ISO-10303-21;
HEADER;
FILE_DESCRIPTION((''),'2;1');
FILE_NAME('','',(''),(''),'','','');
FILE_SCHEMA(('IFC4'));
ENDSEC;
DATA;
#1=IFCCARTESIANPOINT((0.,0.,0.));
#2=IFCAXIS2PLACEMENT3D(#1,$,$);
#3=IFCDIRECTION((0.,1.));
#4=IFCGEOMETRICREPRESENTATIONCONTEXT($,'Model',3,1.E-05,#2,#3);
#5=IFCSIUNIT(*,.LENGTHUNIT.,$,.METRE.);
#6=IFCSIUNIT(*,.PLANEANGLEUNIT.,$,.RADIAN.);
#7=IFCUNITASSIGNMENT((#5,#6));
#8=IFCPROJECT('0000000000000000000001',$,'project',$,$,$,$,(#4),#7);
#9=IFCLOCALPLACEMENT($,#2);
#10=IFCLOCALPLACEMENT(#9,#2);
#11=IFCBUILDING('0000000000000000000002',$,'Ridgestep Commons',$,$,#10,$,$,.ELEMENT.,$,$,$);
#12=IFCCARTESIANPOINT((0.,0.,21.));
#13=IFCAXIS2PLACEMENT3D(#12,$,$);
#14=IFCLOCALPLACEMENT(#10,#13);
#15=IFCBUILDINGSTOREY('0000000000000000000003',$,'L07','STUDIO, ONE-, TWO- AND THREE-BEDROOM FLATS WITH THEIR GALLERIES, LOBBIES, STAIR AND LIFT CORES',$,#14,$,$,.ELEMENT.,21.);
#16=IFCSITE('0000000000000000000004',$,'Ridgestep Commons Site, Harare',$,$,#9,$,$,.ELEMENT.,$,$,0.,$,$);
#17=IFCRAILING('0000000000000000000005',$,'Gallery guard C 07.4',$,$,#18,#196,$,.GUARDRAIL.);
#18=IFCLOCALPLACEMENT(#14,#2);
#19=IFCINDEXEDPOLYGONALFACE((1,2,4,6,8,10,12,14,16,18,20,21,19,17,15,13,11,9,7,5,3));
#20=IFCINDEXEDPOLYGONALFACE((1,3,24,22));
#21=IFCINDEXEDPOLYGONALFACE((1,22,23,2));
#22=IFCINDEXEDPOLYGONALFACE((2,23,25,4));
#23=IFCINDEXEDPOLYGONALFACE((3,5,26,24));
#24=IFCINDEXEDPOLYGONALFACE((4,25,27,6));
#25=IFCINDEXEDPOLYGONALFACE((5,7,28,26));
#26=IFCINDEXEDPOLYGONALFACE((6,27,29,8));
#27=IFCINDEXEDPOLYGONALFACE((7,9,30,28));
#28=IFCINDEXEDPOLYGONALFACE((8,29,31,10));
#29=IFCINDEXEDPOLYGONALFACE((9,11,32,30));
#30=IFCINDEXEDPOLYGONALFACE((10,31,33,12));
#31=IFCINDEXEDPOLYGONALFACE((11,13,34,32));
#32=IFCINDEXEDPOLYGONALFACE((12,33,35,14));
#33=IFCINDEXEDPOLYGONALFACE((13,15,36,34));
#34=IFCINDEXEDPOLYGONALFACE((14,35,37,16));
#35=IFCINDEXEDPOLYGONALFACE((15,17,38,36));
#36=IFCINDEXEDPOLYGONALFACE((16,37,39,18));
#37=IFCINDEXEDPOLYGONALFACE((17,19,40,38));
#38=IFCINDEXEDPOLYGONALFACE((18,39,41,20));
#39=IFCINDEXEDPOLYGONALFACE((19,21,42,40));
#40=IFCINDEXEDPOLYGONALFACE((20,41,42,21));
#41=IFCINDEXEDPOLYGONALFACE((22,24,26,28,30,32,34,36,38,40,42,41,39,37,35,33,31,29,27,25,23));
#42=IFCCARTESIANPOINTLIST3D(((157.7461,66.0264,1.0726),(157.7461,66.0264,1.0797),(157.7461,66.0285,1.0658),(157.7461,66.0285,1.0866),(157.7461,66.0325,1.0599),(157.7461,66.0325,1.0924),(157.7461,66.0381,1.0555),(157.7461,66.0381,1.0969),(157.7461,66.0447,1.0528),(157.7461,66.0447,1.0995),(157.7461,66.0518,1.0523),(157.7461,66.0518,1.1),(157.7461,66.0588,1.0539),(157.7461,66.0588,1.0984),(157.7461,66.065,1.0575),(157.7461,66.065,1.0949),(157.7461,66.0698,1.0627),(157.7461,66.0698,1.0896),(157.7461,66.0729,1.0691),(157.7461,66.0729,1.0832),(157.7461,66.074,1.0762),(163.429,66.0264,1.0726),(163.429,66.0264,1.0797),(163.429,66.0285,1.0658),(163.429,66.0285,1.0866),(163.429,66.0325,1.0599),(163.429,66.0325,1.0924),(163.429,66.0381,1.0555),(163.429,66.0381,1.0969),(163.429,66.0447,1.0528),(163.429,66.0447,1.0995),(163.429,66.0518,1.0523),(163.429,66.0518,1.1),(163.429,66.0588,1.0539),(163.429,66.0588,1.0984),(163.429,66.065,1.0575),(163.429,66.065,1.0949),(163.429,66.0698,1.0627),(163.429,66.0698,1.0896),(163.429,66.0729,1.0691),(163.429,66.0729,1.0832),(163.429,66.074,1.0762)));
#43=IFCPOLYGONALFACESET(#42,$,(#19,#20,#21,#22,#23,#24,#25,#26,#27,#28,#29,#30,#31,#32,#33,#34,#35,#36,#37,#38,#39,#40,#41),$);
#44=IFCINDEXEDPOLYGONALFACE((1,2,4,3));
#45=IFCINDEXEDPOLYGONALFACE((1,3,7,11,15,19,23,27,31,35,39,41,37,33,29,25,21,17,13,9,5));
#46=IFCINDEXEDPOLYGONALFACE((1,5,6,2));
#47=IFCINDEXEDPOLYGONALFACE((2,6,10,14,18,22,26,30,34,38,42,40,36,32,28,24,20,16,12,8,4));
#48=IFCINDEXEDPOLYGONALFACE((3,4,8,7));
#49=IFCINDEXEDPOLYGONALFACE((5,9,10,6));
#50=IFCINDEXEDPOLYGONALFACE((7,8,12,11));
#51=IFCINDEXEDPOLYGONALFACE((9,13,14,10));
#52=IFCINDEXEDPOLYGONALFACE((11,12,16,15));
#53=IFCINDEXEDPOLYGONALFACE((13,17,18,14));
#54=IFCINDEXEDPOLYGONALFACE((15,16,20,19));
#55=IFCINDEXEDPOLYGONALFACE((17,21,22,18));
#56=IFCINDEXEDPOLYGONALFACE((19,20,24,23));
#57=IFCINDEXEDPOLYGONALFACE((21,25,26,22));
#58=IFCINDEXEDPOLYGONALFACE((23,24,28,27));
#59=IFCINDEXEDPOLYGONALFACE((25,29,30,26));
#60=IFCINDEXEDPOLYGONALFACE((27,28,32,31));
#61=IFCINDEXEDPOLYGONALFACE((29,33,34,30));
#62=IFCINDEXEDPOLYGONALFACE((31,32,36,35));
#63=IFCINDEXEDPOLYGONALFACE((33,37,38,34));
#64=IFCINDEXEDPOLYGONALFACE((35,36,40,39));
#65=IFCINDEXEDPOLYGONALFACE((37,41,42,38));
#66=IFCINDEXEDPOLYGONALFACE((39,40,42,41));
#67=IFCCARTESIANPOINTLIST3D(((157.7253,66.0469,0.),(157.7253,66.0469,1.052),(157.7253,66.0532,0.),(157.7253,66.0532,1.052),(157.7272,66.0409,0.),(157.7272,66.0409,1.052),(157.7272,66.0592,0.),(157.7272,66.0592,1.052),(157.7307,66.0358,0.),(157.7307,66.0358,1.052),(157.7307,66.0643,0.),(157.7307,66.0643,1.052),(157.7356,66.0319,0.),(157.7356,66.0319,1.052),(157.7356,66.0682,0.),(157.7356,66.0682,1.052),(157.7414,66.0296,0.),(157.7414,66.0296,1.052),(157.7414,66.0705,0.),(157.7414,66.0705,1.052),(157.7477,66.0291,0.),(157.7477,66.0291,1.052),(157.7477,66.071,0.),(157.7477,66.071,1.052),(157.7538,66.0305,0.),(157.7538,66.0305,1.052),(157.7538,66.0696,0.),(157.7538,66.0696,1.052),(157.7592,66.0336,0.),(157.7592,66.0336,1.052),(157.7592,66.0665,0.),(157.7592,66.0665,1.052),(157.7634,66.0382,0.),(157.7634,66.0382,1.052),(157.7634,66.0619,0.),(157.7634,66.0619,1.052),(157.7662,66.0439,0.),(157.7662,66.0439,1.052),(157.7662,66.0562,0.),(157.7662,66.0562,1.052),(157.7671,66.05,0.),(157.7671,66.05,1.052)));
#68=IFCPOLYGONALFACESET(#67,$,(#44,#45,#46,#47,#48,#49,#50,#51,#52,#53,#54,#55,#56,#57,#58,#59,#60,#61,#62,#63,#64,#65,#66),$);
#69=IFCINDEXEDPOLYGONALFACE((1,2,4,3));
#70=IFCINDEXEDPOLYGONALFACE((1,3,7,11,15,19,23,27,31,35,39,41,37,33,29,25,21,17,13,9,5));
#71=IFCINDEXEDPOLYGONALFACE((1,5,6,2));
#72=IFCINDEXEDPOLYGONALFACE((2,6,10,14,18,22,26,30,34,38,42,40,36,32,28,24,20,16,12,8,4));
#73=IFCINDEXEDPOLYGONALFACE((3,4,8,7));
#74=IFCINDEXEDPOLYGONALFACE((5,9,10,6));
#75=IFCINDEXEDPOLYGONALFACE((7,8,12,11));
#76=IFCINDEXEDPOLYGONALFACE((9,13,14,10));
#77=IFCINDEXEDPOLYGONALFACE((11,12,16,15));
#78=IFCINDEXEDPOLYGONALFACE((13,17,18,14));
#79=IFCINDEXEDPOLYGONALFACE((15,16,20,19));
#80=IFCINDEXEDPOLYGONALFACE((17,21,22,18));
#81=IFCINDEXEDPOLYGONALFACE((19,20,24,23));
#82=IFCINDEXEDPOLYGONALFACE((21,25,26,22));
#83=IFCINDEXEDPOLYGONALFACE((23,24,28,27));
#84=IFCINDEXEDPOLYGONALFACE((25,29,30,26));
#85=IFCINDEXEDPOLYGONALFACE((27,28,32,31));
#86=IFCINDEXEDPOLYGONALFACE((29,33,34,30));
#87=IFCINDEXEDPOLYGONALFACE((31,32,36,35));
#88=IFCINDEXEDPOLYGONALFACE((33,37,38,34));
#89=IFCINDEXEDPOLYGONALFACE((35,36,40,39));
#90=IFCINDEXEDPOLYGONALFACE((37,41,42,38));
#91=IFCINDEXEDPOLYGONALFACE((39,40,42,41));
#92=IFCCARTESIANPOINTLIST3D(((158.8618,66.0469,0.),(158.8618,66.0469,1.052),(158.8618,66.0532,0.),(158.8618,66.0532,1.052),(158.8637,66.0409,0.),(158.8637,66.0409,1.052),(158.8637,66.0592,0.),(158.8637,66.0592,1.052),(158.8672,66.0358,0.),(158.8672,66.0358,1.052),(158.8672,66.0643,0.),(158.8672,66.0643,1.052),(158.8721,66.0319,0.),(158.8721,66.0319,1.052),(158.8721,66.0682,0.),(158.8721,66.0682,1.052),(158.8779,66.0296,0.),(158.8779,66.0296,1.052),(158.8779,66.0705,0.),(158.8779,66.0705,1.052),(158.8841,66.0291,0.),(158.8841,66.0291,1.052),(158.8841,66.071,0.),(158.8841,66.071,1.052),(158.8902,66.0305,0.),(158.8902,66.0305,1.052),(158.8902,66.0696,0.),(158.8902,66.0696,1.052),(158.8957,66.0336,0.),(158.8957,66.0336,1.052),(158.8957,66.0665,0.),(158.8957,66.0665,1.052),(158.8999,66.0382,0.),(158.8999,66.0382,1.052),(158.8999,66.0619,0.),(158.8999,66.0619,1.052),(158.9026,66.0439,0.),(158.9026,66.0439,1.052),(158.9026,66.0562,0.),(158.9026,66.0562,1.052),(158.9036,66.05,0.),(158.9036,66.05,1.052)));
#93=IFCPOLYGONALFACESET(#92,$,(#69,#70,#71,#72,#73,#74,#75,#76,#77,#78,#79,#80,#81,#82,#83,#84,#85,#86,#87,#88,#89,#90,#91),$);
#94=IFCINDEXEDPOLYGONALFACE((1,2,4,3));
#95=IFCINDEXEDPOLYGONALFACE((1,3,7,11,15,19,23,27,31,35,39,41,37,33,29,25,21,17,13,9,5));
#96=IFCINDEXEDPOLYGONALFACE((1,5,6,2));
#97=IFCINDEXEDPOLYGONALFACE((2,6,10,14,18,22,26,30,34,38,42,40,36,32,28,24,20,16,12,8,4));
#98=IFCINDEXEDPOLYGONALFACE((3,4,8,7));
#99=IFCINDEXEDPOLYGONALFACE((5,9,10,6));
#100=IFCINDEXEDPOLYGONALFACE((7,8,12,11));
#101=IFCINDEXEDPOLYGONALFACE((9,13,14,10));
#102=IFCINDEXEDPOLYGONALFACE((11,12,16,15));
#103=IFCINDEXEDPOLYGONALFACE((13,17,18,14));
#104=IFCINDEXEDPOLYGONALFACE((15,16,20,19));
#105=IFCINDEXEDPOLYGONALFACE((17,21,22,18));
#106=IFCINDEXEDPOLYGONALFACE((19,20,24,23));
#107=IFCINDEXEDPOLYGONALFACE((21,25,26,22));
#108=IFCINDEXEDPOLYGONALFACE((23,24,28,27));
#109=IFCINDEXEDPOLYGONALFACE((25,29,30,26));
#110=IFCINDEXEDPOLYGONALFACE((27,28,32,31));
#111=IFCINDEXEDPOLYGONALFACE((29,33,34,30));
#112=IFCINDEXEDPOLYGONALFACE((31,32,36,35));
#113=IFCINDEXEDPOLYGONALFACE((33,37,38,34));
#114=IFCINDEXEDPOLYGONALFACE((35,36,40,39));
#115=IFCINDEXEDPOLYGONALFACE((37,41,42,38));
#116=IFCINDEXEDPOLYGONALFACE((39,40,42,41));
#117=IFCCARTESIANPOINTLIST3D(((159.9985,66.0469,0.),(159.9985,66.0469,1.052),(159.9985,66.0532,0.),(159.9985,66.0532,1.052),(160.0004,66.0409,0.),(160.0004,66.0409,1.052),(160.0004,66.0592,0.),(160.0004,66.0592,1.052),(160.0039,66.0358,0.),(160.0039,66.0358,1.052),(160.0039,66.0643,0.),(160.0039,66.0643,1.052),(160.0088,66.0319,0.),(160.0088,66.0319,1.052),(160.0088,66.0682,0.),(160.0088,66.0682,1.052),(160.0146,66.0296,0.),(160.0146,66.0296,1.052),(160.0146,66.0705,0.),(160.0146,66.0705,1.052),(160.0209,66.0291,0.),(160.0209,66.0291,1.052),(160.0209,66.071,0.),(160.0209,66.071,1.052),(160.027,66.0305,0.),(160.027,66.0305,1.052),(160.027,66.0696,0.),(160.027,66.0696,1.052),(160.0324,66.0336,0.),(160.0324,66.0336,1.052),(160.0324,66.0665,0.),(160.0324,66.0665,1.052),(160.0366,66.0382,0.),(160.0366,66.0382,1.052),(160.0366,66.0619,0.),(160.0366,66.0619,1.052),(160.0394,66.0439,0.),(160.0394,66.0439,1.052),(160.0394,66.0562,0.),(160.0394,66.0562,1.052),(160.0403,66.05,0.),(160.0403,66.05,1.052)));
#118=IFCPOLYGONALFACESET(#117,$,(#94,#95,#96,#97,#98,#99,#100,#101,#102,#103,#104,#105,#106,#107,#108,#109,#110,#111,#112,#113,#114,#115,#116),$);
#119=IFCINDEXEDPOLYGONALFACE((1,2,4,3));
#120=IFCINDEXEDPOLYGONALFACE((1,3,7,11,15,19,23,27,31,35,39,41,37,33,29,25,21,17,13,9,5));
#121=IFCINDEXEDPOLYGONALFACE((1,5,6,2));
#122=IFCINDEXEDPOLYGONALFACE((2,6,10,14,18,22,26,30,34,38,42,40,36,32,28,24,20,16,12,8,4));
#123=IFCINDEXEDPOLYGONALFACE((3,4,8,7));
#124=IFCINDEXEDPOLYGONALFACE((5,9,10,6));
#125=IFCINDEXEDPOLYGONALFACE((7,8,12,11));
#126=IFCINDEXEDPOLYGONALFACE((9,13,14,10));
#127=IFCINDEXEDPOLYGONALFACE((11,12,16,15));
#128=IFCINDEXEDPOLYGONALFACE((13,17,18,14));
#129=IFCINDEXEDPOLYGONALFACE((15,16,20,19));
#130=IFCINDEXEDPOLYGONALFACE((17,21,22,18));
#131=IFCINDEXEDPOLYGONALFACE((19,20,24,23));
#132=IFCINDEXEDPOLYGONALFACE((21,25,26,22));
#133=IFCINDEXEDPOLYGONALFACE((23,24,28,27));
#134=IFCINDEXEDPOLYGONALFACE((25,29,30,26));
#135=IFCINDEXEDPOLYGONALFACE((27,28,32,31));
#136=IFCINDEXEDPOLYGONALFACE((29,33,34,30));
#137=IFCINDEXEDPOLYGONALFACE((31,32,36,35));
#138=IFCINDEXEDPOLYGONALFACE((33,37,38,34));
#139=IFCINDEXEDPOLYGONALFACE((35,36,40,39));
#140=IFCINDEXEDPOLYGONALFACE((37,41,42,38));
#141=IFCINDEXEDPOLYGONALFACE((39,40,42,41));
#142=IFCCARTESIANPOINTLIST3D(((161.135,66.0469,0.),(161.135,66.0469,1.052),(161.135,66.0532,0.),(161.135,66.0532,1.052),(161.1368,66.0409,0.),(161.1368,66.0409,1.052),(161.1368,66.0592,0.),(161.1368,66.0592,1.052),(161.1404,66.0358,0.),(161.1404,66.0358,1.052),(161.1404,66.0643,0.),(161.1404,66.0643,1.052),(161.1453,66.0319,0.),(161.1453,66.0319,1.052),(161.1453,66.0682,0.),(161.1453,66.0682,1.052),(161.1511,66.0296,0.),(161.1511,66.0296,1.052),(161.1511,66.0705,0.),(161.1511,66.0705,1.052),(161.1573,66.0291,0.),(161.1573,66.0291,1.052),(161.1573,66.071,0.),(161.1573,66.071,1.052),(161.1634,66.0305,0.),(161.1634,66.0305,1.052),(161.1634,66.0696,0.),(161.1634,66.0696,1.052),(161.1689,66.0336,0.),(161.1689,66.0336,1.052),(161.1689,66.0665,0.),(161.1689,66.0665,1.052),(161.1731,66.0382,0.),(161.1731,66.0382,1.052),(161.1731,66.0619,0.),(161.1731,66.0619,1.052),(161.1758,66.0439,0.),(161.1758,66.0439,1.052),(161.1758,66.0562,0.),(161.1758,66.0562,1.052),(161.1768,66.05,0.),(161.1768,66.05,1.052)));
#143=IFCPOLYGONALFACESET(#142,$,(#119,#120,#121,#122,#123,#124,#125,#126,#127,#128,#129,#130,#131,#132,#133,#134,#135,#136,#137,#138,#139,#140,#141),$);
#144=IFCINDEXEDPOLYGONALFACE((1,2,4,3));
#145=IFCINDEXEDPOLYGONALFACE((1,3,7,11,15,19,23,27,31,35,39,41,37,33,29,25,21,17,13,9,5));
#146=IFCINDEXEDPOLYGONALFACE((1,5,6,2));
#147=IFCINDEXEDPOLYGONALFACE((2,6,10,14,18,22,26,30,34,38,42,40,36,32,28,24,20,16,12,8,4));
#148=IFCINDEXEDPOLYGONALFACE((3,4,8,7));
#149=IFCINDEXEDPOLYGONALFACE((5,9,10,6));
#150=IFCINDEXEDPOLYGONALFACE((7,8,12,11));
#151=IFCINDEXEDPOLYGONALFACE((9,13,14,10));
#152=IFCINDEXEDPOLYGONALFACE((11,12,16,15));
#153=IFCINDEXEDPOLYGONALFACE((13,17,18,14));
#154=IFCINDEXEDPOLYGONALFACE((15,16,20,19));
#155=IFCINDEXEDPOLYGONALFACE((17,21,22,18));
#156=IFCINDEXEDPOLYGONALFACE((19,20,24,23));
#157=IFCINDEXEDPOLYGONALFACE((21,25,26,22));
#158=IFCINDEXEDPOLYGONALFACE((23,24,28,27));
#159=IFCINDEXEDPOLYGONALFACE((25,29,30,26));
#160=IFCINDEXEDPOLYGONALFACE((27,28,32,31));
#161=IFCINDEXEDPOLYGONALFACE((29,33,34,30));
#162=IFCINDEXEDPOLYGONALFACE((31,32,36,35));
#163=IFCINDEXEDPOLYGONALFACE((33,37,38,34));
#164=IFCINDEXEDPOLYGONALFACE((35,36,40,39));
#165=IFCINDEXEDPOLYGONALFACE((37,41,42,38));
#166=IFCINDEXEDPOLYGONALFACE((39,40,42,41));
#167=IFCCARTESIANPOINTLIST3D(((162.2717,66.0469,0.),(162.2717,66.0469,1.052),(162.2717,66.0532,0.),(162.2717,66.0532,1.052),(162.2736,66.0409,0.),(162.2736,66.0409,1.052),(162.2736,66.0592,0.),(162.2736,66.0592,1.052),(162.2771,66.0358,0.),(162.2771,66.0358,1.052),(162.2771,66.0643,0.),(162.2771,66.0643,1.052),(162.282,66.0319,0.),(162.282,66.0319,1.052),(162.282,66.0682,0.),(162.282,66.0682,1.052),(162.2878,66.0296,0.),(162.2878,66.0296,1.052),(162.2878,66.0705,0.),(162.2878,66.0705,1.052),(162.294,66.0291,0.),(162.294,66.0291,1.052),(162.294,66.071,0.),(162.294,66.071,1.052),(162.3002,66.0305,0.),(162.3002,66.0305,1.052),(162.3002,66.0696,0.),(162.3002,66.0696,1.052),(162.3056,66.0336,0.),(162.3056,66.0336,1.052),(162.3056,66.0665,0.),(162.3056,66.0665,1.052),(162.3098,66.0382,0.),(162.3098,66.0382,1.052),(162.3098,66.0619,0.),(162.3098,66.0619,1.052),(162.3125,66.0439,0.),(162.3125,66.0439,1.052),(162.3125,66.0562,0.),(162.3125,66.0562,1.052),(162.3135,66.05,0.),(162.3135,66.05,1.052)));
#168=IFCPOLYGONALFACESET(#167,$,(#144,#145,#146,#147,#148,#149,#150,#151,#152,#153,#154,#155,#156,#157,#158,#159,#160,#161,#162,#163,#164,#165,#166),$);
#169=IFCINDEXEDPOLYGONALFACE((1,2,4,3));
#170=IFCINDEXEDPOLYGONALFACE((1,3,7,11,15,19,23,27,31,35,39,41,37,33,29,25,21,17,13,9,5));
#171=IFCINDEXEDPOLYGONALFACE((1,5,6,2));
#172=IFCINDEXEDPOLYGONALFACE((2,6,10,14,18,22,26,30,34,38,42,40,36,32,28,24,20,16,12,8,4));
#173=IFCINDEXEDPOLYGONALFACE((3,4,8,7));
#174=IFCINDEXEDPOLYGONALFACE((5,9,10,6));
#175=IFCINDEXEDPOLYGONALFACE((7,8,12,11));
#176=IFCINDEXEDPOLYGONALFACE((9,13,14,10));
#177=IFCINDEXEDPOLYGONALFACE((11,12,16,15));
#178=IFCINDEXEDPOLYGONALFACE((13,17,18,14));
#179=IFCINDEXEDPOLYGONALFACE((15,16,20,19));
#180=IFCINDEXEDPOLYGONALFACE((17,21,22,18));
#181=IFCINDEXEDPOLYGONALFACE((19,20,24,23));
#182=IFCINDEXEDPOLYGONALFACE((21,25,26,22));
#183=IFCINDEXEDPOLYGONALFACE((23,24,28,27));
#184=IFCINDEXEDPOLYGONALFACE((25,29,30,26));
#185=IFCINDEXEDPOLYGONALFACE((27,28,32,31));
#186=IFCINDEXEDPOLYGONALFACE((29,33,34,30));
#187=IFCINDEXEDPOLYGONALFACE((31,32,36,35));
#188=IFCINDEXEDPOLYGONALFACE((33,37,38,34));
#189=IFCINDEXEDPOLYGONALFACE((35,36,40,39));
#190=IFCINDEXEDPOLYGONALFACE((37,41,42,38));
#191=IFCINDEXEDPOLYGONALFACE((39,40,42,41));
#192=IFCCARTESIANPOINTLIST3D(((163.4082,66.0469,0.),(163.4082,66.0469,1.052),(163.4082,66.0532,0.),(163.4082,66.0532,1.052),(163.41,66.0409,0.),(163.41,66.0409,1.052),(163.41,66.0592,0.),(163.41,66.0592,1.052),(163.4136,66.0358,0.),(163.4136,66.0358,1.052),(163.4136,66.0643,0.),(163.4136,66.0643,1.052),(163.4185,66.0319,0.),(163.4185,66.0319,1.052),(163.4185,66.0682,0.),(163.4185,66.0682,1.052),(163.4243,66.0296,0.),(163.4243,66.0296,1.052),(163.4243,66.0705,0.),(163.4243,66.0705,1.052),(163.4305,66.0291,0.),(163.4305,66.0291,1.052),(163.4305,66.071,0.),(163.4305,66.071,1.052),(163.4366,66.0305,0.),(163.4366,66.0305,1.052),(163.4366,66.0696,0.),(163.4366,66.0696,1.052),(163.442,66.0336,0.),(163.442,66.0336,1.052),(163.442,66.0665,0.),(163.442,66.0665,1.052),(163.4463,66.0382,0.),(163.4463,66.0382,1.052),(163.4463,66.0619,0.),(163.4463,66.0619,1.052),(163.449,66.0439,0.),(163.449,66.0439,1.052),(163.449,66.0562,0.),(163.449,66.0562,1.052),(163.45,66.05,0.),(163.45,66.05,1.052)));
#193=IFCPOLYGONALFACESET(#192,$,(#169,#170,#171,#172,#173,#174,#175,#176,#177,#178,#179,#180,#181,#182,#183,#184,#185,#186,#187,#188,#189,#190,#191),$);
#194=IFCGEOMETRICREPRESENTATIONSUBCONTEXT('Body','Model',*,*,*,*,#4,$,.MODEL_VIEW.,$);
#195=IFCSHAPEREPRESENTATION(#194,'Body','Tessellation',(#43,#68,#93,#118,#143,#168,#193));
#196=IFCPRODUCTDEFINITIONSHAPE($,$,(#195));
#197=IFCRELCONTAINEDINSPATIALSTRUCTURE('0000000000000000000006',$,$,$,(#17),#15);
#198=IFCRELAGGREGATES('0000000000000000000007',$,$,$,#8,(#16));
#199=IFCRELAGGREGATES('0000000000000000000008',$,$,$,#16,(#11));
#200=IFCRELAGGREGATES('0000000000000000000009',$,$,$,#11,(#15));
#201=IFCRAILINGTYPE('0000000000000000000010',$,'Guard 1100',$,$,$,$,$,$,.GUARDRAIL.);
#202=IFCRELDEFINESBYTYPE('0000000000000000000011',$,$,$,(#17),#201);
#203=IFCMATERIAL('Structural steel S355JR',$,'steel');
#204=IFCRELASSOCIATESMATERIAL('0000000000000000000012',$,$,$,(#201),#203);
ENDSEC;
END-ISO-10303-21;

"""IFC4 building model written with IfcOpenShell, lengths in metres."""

from ifc_helpers import new_model, si_unit, direction, frame, origin, origin_2d, place, context, subcontext, project, spatial, circle, extrude, material, type_object, element, save


model = new_model("IFC4")

# Units and contexts
model_context = context("Model", 3, precision=1e-05, world=origin(), true_north=direction((0.0, 1.0)))
body_context = subcontext(model_context, "Body", "Model", "MODEL_VIEW")
ifc_project = project(units=[si_unit("LENGTHUNIT", "METRE"), si_unit("PLANEANGLEUNIT", "RADIAN")], contexts=[model_context])

# Site, building, storey
site_placement = place(None, origin())
site = spatial("IfcSite", under=ifc_project, at=site_placement, Name="Ridgestep Commons Site, Harare", CompositionType="ELEMENT", RefElevation=0.0)
building_placement = place(site_placement, origin())
building = spatial("IfcBuilding", under=site, at=building_placement, Name="Ridgestep Commons", CompositionType="ELEMENT")
storey_placement = place(building_placement, frame((0.0, 0.0, 21.0)))
storey = spatial("IfcBuildingStorey", under=building, at=storey_placement, Name="L07", Description="STUDIO, ONE-, TWO- AND THREE-BEDROOM FLATS WITH THEIR GALLERIES, LOBBIES, STAIR AND LIFT CORES", CompositionType="ELEMENT", Elevation=21.0)

# Railing
ifc_material_1 = material(Name="Structural steel S355JR", Category="steel")
railing_type_1 = type_object("IfcRailingType", Name="Guard 1100", PredefinedType="GUARDRAIL", material=ifc_material_1)
railing_1_placement = place(storey_placement, frame((157.7461, 66.05, 0.0)))
element("IfcRailing", 1, at=railing_1_placement, inside=storey, type_object=railing_type_1, Name="Gallery guard C 07.4", PredefinedType="GUARDRAIL", context=body_context, shape_type="SweptSolid", body=[
    extrude(circle(Radius=0.0239, at=origin_2d()), frame((0.0, 0.0, 1.0762), z_axis=(1.0, 0.0, 0.0), x_axis=(0.0, 1.0, 0.0)), (0.0, 0.0, 1.0), 5.6829),
    extrude(circle(Radius=0.021, at=origin_2d()), origin(), (0.0, 0.0, 1.0), 1.052),
    extrude(circle(Radius=0.021, at=origin_2d()), frame((1.1365, 0.0, 0.0)), (0.0, 0.0, 1.0), 1.052),
    extrude(circle(Radius=0.021, at=origin_2d()), frame((2.2732, 0.0, 0.0)), (0.0, 0.0, 1.0), 1.052),
    extrude(circle(Radius=0.021, at=origin_2d()), frame((3.4097, 0.0, 0.0)), (0.0, 0.0, 1.0), 1.052),
    extrude(circle(Radius=0.021, at=origin_2d()), frame((4.5464, 0.0, 0.0)), (0.0, 0.0, 1.0), 1.052),
    extrude(circle(Radius=0.021, at=origin_2d()), frame((5.6829, 0.0, 0.0)), (0.0, 0.0, 1.0), 1.052),
])

save(model, "model.ifc")
